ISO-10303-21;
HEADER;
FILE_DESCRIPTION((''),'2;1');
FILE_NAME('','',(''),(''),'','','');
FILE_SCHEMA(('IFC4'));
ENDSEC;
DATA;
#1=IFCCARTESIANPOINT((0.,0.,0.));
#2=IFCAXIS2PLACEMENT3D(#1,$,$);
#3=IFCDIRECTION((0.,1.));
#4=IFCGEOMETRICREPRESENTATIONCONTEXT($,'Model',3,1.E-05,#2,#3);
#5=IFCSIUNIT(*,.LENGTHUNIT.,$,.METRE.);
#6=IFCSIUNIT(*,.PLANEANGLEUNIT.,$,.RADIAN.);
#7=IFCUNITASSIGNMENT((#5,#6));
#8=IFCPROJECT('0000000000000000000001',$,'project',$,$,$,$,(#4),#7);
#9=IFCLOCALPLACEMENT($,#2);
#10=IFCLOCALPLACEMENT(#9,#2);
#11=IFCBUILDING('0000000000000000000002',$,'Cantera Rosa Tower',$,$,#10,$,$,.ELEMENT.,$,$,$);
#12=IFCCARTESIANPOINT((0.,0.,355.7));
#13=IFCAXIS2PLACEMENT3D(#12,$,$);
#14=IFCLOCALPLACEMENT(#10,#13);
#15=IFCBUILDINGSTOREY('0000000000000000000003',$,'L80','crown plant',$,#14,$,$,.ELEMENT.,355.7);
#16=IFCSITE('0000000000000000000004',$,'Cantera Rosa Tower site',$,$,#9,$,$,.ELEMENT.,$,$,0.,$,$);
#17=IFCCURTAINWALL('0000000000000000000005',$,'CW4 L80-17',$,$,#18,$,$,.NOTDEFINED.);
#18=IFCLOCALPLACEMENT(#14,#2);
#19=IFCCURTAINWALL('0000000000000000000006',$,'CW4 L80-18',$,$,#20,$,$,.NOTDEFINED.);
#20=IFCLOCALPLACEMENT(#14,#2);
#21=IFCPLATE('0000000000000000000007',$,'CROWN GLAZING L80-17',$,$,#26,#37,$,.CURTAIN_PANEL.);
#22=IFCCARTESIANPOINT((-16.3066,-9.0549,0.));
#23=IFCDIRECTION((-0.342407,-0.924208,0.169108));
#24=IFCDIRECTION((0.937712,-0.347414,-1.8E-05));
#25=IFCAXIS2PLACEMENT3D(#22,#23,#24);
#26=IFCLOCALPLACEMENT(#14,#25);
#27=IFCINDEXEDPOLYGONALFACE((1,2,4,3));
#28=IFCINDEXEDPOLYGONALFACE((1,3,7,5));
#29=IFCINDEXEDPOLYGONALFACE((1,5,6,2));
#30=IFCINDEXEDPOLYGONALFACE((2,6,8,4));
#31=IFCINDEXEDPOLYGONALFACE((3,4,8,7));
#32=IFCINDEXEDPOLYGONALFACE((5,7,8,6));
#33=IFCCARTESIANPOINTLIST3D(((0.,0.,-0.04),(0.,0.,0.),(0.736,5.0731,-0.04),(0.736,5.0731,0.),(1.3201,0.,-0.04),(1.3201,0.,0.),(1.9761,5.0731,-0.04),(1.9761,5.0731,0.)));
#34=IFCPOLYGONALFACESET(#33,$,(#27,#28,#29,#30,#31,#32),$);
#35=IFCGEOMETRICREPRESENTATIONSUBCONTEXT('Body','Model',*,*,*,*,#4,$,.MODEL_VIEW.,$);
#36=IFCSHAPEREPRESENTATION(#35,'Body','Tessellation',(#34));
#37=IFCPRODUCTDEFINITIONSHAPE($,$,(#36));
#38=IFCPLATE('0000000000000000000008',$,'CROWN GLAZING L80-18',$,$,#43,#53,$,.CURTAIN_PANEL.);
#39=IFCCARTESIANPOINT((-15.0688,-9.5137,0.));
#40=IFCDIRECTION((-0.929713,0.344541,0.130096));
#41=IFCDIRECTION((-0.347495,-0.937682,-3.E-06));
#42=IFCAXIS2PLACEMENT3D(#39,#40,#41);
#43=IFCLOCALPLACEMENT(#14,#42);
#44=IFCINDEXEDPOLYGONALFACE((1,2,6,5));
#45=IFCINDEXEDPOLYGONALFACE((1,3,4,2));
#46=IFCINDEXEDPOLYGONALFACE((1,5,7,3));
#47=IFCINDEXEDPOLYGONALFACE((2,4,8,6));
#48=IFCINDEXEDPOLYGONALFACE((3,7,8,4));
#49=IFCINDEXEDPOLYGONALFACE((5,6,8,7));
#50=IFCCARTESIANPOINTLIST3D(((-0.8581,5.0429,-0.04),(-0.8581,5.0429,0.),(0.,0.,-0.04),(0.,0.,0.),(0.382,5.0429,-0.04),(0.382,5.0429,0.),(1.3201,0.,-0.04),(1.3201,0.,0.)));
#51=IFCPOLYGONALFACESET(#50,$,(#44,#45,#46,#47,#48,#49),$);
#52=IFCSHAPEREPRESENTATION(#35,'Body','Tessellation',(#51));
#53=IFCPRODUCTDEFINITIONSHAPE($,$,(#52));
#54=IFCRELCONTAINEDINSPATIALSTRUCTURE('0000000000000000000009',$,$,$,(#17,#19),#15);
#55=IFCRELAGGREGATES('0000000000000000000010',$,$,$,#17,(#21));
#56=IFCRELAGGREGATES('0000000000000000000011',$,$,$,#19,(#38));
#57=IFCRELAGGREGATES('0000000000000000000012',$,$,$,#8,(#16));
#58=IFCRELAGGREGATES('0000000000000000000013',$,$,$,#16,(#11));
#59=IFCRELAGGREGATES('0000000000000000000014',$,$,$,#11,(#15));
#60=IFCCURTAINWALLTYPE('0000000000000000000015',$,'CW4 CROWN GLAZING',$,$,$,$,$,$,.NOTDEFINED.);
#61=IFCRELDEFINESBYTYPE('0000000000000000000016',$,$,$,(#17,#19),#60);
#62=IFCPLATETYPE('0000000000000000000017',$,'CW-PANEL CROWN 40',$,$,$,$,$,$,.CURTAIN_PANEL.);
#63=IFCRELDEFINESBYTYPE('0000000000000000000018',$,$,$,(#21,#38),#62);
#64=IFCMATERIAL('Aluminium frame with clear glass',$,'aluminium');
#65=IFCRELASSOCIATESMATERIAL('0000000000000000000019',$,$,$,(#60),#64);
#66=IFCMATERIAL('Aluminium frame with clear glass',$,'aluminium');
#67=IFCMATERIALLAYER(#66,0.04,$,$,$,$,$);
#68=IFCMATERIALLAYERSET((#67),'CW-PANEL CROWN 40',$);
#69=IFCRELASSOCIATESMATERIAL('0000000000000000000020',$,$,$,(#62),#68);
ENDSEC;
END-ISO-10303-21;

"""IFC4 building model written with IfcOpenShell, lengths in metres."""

from ifc_helpers import new_model, si_unit, direction, frame, origin, place, context, subcontext, project, spatial, polyline, outline, extrude, material, layer, layer_set, type_object, element, aggregate, save


model = new_model("IFC4")

# Units and contexts
model_context = context("Model", 3, precision=1e-05, world=origin(), true_north=direction((0.0, 1.0)))
body_context = subcontext(model_context, "Body", "Model", "MODEL_VIEW")
ifc_project = project(units=[si_unit("LENGTHUNIT", "METRE"), si_unit("PLANEANGLEUNIT", "RADIAN")], contexts=[model_context])

# Site, building, storey
site_placement = place(None, origin())
site = spatial("IfcSite", under=ifc_project, at=site_placement, Name="Cantera Rosa Tower site", CompositionType="ELEMENT", RefElevation=0.0)
building_placement = place(site_placement, origin())
building = spatial("IfcBuilding", under=site, at=building_placement, Name="Cantera Rosa Tower", CompositionType="ELEMENT")
storey_placement = place(building_placement, frame((0.0, 0.0, 355.7)))
storey = spatial("IfcBuildingStorey", under=building, at=storey_placement, Name="L80", Description="crown plant", CompositionType="ELEMENT", Elevation=355.7)

# Curtain walls
ifc_material_1 = material(Name="Aluminium frame with clear glass", Category="aluminium")
curtain_wall_type = type_object("IfcCurtainWallType", Name="CW4 CROWN GLAZING", PredefinedType="NOTDEFINED", material=ifc_material_1)
curtain_wall_1_placement = place(storey_placement, origin())
curtain_wall_1 = element("IfcCurtainWall", 1, at=curtain_wall_1_placement, inside=storey, type_object=curtain_wall_type, Name="CW4 L80-17", PredefinedType="NOTDEFINED")
curtain_wall_2_placement = place(storey_placement, origin())
curtain_wall_2 = element("IfcCurtainWall", 2, at=curtain_wall_2_placement, inside=storey, type_object=curtain_wall_type, Name="CW4 L80-18", PredefinedType="NOTDEFINED")

# Plates
ifc_material_2 = material(Name="Aluminium frame with clear glass", Category="aluminium")
ifc_layer_1 = layer(ifc_material_2, 0.04)
ifc_layer_set_1 = layer_set([ifc_layer_1], Name="CW-PANEL CROWN 40")
plate_type = type_object("IfcPlateType", Name="CW-PANEL CROWN 40", PredefinedType="CURTAIN_PANEL", material=ifc_layer_set_1)
plate_1_placement = place(storey_placement, frame((-16.3066, -9.0549, 0.0), z_axis=(-0.342407, -0.924208, 0.169108), x_axis=(0.937712, -0.347414, -0.000018)))
plate_1 = element("IfcPlate", 3, at=plate_1_placement, type_object=plate_type, Name="CROWN GLAZING L80-17", PredefinedType="CURTAIN_PANEL", context=body_context, shape_type="SweptSolid", body=[
    extrude(outline(polyline([(0.0, 0.0), (1.3201, 0.0), (1.9761, 5.0731), (0.736, 5.0731), (0.0, 0.0)])), origin(), (0.0, 0.0, -1.0), 0.04),
])
plate_2_placement = place(storey_placement, frame((-15.0688, -9.5137, 0.0), z_axis=(-0.929713, 0.344541, 0.130096), x_axis=(-0.347495, -0.937682, -0.000003)))
plate_2 = element("IfcPlate", 4, at=plate_2_placement, type_object=plate_type, Name="CROWN GLAZING L80-18", PredefinedType="CURTAIN_PANEL", context=body_context, shape_type="SweptSolid", body=[
    extrude(outline(polyline([(0.0, 0.0), (1.3201, 0.0), (0.382, 5.0429), (-0.8581, 5.0429), (0.0, 0.0)])), origin(), (0.0, 0.0, -1.0), 0.04),
])

aggregate(curtain_wall_1, [plate_1])
aggregate(curtain_wall_2, [plate_2])

save(model, "model.ifc")
